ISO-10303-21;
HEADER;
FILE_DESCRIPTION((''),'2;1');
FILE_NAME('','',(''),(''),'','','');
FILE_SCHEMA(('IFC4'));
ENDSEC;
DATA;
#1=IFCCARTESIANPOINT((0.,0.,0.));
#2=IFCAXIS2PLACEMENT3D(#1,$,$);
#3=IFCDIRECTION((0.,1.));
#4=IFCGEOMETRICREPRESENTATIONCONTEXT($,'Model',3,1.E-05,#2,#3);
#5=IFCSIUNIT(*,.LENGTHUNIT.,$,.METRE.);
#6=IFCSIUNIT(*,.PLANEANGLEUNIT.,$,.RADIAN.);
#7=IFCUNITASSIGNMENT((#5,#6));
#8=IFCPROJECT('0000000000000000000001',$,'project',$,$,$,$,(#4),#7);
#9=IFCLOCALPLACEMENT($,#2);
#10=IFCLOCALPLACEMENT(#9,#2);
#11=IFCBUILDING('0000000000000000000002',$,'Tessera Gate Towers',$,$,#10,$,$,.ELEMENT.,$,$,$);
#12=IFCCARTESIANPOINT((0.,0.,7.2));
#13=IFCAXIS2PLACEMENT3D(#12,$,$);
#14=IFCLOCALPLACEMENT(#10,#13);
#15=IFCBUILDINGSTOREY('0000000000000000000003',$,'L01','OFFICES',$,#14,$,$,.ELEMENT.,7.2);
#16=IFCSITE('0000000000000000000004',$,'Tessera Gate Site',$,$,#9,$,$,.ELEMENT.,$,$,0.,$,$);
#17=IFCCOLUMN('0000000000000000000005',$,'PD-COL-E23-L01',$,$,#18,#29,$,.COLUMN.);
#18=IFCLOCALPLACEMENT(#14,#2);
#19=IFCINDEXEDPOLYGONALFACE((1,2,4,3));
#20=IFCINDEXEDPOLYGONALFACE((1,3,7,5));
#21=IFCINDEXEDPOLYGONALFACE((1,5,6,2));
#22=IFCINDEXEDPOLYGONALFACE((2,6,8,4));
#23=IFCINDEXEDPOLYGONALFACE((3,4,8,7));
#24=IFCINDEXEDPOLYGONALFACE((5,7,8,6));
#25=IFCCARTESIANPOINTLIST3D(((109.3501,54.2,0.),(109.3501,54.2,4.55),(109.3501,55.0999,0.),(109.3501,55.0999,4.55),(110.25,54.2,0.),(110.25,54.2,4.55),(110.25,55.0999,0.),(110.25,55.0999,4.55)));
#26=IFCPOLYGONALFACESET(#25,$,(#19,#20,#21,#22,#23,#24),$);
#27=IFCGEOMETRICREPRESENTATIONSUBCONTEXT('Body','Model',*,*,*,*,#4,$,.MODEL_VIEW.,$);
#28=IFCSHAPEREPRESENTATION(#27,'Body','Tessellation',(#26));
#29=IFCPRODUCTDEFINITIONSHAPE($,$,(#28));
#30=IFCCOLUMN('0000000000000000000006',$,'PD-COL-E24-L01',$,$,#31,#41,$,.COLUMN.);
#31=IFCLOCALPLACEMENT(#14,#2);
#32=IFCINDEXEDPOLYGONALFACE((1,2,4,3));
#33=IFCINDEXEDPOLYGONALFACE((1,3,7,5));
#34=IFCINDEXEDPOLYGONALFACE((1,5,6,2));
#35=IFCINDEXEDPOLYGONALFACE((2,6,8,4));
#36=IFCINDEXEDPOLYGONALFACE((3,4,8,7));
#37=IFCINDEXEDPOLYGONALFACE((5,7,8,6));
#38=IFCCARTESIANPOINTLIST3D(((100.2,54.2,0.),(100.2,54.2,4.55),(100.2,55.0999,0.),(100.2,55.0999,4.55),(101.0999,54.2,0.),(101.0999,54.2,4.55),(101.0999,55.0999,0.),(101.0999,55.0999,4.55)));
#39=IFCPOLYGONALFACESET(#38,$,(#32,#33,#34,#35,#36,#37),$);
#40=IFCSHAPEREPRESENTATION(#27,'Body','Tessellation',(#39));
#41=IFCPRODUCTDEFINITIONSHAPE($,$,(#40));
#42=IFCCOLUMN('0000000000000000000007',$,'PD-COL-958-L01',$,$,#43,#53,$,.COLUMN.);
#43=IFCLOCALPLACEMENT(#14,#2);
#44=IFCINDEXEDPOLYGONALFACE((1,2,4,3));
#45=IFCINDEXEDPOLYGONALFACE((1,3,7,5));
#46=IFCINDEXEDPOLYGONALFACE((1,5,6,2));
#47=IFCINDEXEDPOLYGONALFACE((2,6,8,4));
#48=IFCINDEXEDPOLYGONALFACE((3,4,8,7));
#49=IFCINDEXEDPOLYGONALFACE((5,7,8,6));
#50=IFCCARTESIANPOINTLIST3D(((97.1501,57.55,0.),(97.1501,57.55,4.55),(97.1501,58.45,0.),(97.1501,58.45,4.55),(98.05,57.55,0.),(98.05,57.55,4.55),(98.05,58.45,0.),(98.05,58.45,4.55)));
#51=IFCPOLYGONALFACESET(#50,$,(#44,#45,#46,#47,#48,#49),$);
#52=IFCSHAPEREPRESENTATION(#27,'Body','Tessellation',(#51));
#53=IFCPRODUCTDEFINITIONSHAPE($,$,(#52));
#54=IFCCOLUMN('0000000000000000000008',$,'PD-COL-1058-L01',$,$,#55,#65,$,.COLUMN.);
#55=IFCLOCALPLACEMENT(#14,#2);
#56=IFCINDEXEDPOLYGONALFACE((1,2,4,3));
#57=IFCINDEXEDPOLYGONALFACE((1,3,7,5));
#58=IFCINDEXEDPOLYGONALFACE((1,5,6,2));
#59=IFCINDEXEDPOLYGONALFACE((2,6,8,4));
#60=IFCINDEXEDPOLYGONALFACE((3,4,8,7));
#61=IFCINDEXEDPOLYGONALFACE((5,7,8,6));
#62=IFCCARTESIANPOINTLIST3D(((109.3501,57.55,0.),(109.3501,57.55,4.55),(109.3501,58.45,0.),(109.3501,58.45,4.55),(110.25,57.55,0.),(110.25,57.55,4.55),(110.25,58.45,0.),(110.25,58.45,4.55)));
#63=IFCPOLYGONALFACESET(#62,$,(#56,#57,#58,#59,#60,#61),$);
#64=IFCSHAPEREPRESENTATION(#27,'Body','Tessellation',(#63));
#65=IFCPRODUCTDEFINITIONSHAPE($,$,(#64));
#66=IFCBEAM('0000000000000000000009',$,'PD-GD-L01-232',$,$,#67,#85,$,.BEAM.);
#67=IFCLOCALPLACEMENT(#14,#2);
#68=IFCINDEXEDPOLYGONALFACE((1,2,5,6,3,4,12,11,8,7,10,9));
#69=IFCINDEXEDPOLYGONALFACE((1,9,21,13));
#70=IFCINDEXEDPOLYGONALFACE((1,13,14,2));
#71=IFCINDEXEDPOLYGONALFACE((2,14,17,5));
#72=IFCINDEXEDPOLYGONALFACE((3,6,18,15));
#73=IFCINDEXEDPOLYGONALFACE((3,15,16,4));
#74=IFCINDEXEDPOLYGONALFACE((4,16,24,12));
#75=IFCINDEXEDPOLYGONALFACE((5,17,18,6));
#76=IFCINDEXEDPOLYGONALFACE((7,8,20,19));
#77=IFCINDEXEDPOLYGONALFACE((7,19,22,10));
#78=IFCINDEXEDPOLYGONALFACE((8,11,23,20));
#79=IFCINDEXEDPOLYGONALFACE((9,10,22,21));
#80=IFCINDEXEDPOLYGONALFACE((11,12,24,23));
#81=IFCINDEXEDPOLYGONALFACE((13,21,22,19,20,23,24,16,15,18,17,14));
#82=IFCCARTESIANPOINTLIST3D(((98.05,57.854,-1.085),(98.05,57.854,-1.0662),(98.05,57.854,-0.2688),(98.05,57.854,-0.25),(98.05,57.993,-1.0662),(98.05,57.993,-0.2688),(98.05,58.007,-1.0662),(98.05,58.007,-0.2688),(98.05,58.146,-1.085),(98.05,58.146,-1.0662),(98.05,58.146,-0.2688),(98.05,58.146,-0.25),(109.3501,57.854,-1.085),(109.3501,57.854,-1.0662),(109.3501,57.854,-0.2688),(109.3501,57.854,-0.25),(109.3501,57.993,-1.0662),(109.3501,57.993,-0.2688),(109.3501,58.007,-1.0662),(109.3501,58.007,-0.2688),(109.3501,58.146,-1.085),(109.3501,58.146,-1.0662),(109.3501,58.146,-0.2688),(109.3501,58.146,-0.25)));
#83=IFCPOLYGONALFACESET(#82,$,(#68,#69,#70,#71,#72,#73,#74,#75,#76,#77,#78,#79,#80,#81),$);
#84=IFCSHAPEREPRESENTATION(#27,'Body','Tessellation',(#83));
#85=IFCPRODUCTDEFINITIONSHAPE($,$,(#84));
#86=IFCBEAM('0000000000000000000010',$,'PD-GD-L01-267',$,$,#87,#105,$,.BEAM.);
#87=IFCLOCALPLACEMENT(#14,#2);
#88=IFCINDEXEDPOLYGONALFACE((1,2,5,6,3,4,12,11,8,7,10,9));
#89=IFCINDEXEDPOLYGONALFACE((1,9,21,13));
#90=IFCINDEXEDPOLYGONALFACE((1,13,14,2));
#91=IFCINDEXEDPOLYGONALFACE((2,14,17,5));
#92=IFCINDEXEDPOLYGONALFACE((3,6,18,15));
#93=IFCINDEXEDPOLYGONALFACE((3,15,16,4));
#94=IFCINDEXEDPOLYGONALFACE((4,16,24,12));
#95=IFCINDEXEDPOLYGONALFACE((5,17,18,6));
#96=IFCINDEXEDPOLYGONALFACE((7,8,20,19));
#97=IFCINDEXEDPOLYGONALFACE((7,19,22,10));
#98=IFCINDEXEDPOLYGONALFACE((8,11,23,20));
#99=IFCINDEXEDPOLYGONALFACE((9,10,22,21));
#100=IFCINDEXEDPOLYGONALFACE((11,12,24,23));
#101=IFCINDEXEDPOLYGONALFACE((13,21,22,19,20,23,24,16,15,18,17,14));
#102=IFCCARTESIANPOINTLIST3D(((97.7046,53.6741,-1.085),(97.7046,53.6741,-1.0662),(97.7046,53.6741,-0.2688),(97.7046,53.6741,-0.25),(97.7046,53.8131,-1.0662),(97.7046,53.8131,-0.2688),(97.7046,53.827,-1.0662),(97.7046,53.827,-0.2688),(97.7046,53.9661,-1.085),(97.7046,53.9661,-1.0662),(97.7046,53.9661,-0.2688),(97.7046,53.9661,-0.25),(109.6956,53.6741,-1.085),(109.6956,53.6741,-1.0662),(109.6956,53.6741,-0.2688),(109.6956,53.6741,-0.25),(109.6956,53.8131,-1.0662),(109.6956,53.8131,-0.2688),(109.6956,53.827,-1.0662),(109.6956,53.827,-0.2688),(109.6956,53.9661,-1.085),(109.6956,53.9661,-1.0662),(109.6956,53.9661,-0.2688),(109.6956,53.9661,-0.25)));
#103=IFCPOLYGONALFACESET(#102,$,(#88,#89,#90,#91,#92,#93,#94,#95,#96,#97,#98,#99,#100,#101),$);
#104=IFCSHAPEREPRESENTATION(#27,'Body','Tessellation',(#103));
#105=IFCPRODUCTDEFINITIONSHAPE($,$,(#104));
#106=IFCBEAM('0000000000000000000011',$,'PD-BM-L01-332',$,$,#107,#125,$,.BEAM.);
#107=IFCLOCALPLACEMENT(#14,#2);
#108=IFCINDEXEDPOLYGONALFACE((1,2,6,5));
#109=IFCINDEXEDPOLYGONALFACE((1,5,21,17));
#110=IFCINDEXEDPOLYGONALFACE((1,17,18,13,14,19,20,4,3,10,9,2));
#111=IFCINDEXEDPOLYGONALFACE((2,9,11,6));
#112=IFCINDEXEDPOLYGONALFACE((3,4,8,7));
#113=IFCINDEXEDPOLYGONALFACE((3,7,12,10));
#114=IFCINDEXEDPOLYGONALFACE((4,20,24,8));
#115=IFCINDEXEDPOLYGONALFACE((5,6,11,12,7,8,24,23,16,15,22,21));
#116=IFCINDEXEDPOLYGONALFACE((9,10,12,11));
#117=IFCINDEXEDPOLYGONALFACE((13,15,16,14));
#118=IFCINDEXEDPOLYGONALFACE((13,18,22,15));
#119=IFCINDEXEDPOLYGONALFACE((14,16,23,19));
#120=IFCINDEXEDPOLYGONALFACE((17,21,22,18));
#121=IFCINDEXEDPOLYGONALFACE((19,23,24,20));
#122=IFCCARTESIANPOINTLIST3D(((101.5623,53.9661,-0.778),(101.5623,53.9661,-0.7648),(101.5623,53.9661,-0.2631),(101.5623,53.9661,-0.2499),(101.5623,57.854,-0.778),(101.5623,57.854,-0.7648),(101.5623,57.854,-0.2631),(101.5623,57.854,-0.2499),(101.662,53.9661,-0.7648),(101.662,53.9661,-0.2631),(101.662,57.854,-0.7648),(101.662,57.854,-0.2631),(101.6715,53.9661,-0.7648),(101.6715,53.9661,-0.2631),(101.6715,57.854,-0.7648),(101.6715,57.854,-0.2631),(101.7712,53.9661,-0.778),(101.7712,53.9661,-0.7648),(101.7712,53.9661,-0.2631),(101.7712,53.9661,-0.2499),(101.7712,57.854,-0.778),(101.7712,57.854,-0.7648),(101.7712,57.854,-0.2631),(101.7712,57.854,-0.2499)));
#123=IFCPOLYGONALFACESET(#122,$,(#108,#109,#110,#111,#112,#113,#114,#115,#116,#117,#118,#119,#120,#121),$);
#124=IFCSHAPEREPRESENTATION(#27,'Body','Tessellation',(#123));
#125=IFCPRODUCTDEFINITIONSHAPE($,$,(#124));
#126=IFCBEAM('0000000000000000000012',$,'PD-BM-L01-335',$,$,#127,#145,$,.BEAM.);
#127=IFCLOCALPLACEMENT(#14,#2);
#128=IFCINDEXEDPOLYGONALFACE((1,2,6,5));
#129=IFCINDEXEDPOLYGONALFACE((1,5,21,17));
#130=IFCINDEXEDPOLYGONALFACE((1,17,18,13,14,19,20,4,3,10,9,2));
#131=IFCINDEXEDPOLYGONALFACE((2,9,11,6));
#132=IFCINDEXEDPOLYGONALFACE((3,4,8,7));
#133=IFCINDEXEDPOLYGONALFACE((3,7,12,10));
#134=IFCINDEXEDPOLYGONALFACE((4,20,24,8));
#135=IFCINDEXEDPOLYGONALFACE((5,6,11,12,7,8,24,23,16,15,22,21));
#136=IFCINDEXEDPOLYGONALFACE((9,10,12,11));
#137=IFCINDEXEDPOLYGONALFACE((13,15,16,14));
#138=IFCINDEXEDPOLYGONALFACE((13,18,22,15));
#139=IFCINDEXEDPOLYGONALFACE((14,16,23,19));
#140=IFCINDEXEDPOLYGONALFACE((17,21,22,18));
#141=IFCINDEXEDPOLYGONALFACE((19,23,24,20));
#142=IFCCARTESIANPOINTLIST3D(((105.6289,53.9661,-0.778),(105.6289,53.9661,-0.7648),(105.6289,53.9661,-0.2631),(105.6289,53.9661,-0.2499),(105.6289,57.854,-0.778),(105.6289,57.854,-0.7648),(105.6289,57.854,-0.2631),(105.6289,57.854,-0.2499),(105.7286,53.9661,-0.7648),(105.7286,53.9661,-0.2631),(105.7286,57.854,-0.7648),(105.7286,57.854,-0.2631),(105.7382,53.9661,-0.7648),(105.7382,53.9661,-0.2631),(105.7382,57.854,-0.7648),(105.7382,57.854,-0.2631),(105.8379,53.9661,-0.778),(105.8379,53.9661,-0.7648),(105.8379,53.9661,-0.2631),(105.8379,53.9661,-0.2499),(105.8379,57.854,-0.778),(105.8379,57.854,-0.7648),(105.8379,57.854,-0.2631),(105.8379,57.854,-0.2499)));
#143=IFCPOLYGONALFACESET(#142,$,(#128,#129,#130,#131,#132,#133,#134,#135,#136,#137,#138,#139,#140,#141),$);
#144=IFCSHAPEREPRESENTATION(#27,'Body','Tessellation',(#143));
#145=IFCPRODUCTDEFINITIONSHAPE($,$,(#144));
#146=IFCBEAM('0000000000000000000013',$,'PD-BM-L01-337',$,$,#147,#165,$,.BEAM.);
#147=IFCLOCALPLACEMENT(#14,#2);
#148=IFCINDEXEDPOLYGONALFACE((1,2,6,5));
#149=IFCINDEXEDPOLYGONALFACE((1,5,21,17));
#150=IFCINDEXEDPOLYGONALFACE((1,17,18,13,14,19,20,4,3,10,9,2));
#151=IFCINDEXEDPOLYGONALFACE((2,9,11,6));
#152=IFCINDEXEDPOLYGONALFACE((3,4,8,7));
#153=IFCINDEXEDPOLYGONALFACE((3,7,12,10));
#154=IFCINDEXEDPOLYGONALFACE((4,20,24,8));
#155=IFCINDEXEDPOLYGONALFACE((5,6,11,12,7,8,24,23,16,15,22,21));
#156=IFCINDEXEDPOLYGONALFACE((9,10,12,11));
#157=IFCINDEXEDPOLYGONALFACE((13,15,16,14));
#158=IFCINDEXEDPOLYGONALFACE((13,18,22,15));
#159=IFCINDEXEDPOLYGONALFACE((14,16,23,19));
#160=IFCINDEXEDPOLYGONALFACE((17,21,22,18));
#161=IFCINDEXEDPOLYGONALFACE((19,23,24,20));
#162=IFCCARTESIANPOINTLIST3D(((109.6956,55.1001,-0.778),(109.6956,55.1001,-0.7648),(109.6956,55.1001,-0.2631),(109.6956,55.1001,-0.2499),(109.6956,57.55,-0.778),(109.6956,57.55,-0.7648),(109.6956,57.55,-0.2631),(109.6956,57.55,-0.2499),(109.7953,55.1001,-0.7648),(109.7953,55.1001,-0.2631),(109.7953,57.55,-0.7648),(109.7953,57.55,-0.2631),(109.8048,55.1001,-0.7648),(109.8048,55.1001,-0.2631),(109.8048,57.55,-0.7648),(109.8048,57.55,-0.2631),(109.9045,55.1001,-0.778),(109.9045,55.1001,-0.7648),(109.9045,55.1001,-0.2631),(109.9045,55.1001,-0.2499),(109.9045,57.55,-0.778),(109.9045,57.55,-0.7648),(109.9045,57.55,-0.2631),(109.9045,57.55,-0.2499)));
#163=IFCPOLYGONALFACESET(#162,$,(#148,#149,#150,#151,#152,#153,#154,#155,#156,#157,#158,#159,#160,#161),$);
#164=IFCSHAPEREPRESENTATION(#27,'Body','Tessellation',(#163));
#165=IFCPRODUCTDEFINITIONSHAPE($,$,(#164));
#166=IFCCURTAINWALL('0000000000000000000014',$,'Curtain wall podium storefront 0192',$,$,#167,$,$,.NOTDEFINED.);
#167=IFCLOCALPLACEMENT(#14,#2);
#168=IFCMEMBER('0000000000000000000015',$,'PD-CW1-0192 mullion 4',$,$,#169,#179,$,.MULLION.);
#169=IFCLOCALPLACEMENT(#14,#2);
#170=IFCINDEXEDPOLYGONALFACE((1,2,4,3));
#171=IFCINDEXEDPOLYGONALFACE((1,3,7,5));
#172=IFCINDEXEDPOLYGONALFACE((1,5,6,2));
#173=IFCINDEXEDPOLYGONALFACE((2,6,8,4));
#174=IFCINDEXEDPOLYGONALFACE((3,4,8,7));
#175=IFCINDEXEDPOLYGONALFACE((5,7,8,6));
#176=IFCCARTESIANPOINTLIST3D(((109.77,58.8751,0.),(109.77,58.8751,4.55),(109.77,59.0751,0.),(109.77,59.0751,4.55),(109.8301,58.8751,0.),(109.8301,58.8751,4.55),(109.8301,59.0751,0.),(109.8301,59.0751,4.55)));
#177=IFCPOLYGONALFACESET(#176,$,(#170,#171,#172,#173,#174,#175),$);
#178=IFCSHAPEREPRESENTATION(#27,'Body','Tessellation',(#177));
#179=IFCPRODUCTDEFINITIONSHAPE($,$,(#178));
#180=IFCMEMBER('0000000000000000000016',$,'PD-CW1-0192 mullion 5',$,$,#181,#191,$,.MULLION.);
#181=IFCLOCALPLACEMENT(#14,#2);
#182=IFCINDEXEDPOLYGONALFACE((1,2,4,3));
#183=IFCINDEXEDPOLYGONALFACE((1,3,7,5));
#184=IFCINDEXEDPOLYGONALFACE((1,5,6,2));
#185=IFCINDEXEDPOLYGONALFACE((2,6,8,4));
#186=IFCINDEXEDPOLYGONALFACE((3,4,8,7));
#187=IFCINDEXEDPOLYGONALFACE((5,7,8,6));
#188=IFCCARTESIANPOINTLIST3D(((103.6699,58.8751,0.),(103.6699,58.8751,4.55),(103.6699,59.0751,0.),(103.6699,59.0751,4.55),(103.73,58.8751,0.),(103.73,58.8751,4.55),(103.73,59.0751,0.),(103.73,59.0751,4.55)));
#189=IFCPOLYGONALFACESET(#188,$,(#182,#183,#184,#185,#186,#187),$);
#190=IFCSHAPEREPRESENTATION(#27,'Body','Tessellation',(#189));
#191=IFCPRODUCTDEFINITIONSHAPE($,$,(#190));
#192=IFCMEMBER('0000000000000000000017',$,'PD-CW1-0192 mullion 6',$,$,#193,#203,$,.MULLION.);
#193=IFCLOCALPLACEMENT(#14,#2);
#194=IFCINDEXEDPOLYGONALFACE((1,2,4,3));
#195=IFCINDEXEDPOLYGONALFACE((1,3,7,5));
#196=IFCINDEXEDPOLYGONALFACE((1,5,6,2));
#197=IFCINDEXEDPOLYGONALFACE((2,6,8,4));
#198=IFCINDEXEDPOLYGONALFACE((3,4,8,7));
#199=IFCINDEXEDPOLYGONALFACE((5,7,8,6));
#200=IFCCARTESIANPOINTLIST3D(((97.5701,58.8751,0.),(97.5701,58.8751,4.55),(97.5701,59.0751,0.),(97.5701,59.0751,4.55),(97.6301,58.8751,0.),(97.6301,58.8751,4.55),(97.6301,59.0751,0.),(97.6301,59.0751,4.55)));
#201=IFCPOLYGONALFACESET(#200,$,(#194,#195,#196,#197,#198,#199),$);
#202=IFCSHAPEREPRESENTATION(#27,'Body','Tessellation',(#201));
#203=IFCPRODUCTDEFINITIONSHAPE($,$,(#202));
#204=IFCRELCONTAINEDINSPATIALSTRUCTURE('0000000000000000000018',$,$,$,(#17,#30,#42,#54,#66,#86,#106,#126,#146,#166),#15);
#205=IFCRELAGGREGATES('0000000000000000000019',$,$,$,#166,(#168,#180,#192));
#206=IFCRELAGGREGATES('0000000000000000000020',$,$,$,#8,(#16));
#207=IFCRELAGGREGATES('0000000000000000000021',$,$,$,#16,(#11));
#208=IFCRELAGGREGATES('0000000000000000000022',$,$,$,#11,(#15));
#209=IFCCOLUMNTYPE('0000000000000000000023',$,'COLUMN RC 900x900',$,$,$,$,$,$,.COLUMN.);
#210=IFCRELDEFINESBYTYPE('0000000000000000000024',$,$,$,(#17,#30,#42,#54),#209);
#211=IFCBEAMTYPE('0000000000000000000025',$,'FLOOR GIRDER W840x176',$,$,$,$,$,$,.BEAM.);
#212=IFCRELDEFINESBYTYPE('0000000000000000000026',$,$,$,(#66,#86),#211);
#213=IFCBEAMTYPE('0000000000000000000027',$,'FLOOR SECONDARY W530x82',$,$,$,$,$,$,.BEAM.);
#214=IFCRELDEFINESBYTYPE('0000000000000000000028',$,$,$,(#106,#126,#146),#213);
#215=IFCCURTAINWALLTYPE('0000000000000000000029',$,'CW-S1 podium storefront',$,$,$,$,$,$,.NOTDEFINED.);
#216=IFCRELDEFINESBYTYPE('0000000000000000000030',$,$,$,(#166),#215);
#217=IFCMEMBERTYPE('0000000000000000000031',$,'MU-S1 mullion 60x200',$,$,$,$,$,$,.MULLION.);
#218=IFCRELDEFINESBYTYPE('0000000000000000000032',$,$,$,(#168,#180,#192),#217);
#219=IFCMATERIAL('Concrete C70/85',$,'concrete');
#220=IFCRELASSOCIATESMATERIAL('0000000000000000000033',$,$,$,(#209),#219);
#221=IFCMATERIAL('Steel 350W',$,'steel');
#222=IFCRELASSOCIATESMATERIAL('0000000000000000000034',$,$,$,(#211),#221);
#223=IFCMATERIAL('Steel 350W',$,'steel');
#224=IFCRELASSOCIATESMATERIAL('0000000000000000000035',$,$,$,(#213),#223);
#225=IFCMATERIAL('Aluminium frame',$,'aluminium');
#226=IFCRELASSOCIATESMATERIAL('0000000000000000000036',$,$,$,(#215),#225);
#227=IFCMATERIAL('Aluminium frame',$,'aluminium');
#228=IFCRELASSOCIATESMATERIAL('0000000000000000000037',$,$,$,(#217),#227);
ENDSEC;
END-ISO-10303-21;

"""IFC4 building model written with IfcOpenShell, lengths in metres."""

from ifc_helpers import new_model, si_unit, direction, frame, origin, origin_2d, place, context, subcontext, project, spatial, rectangle, i_section, extrude, material, material_profile, profile_set, type_object, element, aggregate, save


model = new_model("IFC4")

# Units and contexts
model_context = context("Model", 3, precision=1e-05, world=origin(), true_north=direction((0.0, 1.0)))
body_context = subcontext(model_context, "Body", "Model", "MODEL_VIEW")
ifc_project = project(units=[si_unit("LENGTHUNIT", "METRE"), si_unit("PLANEANGLEUNIT", "RADIAN")], contexts=[model_context])

# Site, building, storey
site_placement = place(None, origin())
site = spatial("IfcSite", under=ifc_project, at=site_placement, Name="Tessera Gate Site", CompositionType="ELEMENT", RefElevation=0.0)
building_placement = place(site_placement, origin())
building = spatial("IfcBuilding", under=site, at=building_placement, Name="Tessera Gate Towers", CompositionType="ELEMENT")
storey_placement = place(building_placement, frame((0.0, 0.0, 7.2)))
storey = spatial("IfcBuildingStorey", under=building, at=storey_placement, Name="L01", Description="OFFICES", CompositionType="ELEMENT", Elevation=7.2)

# Columns
ifc_material_1 = material(Name="Concrete C70/85", Category="concrete")
ifc_material_profile_1 = material_profile(ifc_material_1, rectangle(XDim=0.8999, YDim=0.8999, at=origin_2d()), Name="RC 900x900")
ifc_profile_set_1 = profile_set([ifc_material_profile_1], Name="Concrete C70/85")
column_type = type_object("IfcColumnType", Name="COLUMN RC 900x900", PredefinedType="COLUMN", material=ifc_profile_set_1)
for number, where, z_axis, x_axis, name in (
    (1, (109.8, 54.6499, 0.0), (0.0, 0.0, 1.0), (1.0, 0.0, 0.0), "PD-COL-E23-L01"),
    (2, (100.6499, 54.6499, 0.0), (0.0, 0.0, 1.0), (1.0, 0.0, 0.0), "PD-COL-E24-L01"),
    (3, (97.6001, 58.0, 0.0), (0.0, 0.0, 1.0), (1.0, 0.0, 0.0), "PD-COL-958-L01"),
    (4, (109.8, 58.0, 0.0), (0.0, 0.0, 1.0), (1.0, 0.0, 0.0), "PD-COL-1058-L01"),
):
    element("IfcColumn", number, at=place(storey_placement, frame(where, z_axis=z_axis, x_axis=x_axis)), inside=storey, type_object=column_type, Name=name, PredefinedType="COLUMN", context=body_context, shape_type="SweptSolid", body=[
        extrude(rectangle(XDim=0.8999, YDim=0.8999, at=origin_2d()), origin(), (0.0, 0.0, 1.0), 4.55),
    ])

# Beams
ifc_material_2 = material(Name="Steel 350W", Category="steel")
ifc_material_profile_2 = material_profile(ifc_material_2, i_section(OverallWidth=0.292, OverallDepth=0.835, WebThickness=0.0139, FlangeThickness=0.0188, at=origin_2d()), Name="W840x176")
ifc_profile_set_2 = profile_set([ifc_material_profile_2], Name="Steel 350W")
beam_type_1 = type_object("IfcBeamType", Name="FLOOR GIRDER W840x176", PredefinedType="BEAM", material=ifc_profile_set_2)
beam_1_placement = place(storey_placement, frame((98.05, 58.0, -0.6675), z_axis=(1.0, 0.0, 0.0), x_axis=(0.0, 1.0, 0.0)))
element("IfcBeam", 5, at=beam_1_placement, inside=storey, type_object=beam_type_1, Name="PD-GD-L01-232", PredefinedType="BEAM", context=body_context, shape_type="SweptSolid", body=[
    extrude(i_section(OverallWidth=0.292, OverallDepth=0.835, WebThickness=0.0139, FlangeThickness=0.0188, at=origin_2d()), origin(), (0.0, 0.0, 1.0), 11.3),
])
beam_2_placement = place(storey_placement, frame((97.7046, 53.8201, -0.6675), z_axis=(1.0, 0.0, 0.0), x_axis=(0.0, 1.0, 0.0)))
element("IfcBeam", 6, at=beam_2_placement, inside=storey, type_object=beam_type_1, Name="PD-GD-L01-267", PredefinedType="BEAM", context=body_context, shape_type="SweptSolid", body=[
    extrude(i_section(OverallWidth=0.292, OverallDepth=0.835, WebThickness=0.0139, FlangeThickness=0.0188, at=origin_2d()), origin(), (0.0, 0.0, 1.0), 11.991),
])
ifc_material_3 = material(Name="Steel 350W", Category="steel")
ifc_material_profile_3 = material_profile(ifc_material_3, i_section(OverallWidth=0.209, OverallDepth=0.5281, WebThickness=0.0095, FlangeThickness=0.0132, at=origin_2d()), Name="W530x82")
ifc_profile_set_3 = profile_set([ifc_material_profile_3], Name="Steel 350W")
beam_type_2 = type_object("IfcBeamType", Name="FLOOR SECONDARY W530x82", PredefinedType="BEAM", material=ifc_profile_set_3)
for number, where, z_axis, x_axis, name in (
    (7, (101.6667, 53.9661, -0.5139), (0.0, 1.0, 0.0), (-1.0, 0.0, 0.0), "PD-BM-L01-332"),
    (8, (105.7334, 53.9661, -0.5139), (0.0, 1.0, 0.0), (-1.0, 0.0, 0.0), "PD-BM-L01-335"),
):
    element("IfcBeam", number, at=place(storey_placement, frame(where, z_axis=z_axis, x_axis=x_axis)), inside=storey, type_object=beam_type_2, Name=name, PredefinedType="BEAM", context=body_context, shape_type="SweptSolid", body=[
        extrude(i_section(OverallWidth=0.209, OverallDepth=0.5281, WebThickness=0.0095, FlangeThickness=0.0132, at=origin_2d()), origin(), (0.0, 0.0, 1.0), 3.8879),
    ])
beam_3_placement = place(storey_placement, frame((109.8, 55.1001, -0.5139), z_axis=(0.0, 1.0, 0.0), x_axis=(-1.0, 0.0, 0.0)))
element("IfcBeam", 9, at=beam_3_placement, inside=storey, type_object=beam_type_2, Name="PD-BM-L01-337", PredefinedType="BEAM", context=body_context, shape_type="SweptSolid", body=[
    extrude(i_section(OverallWidth=0.209, OverallDepth=0.5281, WebThickness=0.0095, FlangeThickness=0.0132, at=origin_2d()), origin(), (0.0, 0.0, 1.0), 2.45),
])

# Curtain wall, members
ifc_material_4 = material(Name="Aluminium frame", Category="aluminium")
curtain_wall_type = type_object("IfcCurtainWallType", Name="CW-S1 podium storefront", PredefinedType="NOTDEFINED", material=ifc_material_4)
curtain_wall_placement = place(storey_placement, origin())
curtain_wall = element("IfcCurtainWall", 10, at=curtain_wall_placement, inside=storey, type_object=curtain_wall_type, Name="Curtain wall podium storefront 0192", PredefinedType="NOTDEFINED")
ifc_material_5 = material(Name="Aluminium frame", Category="aluminium")
ifc_material_profile_4 = material_profile(ifc_material_5, rectangle(XDim=0.0601, YDim=0.2, at=origin_2d()), Name="AL 60x200")
ifc_profile_set_4 = profile_set([ifc_material_profile_4], Name="Aluminium frame")
member_type_1 = type_object("IfcMemberType", Name="MU-S1 mullion 60x200", PredefinedType="MULLION", material=ifc_profile_set_4)
member_1_placement = place(storey_placement, frame((109.8, 58.9751, 0.0), z_axis=(0.0, 0.0, 1.0), x_axis=(-1.0, 0.0, 0.0)))
member_1 = element("IfcMember", 11, at=member_1_placement, type_object=member_type_1, Name="PD-CW1-0192 mullion 4", PredefinedType="MULLION", context=body_context, shape_type="SweptSolid", body=[
    extrude(rectangle(XDim=0.0601, YDim=0.2, at=origin_2d()), origin(), (0.0, 0.0, 1.0), 4.55),
])
member_2_placement = place(storey_placement, frame((103.7, 58.9751, 0.0), z_axis=(0.0, 0.0, 1.0), x_axis=(-1.0, 0.0, 0.0)))
member_2 = element("IfcMember", 12, at=member_2_placement, type_object=member_type_1, Name="PD-CW1-0192 mullion 5", PredefinedType="MULLION", context=body_context, shape_type="SweptSolid", body=[
    extrude(rectangle(XDim=0.0601, YDim=0.2, at=origin_2d()), origin(), (0.0, 0.0, 1.0), 4.55),
])
member_3_placement = place(storey_placement, frame((97.6001, 58.9751, 0.0), z_axis=(0.0, 0.0, 1.0), x_axis=(-1.0, 0.0, 0.0)))
member_3 = element("IfcMember", 13, at=member_3_placement, type_object=member_type_1, Name="PD-CW1-0192 mullion 6", PredefinedType="MULLION", context=body_context, shape_type="SweptSolid", body=[
    extrude(rectangle(XDim=0.0601, YDim=0.2, at=origin_2d()), origin(), (0.0, 0.0, 1.0), 4.55),
])
aggregate(curtain_wall, [member_1, member_2, member_3])

save(model, "model.ifc")
